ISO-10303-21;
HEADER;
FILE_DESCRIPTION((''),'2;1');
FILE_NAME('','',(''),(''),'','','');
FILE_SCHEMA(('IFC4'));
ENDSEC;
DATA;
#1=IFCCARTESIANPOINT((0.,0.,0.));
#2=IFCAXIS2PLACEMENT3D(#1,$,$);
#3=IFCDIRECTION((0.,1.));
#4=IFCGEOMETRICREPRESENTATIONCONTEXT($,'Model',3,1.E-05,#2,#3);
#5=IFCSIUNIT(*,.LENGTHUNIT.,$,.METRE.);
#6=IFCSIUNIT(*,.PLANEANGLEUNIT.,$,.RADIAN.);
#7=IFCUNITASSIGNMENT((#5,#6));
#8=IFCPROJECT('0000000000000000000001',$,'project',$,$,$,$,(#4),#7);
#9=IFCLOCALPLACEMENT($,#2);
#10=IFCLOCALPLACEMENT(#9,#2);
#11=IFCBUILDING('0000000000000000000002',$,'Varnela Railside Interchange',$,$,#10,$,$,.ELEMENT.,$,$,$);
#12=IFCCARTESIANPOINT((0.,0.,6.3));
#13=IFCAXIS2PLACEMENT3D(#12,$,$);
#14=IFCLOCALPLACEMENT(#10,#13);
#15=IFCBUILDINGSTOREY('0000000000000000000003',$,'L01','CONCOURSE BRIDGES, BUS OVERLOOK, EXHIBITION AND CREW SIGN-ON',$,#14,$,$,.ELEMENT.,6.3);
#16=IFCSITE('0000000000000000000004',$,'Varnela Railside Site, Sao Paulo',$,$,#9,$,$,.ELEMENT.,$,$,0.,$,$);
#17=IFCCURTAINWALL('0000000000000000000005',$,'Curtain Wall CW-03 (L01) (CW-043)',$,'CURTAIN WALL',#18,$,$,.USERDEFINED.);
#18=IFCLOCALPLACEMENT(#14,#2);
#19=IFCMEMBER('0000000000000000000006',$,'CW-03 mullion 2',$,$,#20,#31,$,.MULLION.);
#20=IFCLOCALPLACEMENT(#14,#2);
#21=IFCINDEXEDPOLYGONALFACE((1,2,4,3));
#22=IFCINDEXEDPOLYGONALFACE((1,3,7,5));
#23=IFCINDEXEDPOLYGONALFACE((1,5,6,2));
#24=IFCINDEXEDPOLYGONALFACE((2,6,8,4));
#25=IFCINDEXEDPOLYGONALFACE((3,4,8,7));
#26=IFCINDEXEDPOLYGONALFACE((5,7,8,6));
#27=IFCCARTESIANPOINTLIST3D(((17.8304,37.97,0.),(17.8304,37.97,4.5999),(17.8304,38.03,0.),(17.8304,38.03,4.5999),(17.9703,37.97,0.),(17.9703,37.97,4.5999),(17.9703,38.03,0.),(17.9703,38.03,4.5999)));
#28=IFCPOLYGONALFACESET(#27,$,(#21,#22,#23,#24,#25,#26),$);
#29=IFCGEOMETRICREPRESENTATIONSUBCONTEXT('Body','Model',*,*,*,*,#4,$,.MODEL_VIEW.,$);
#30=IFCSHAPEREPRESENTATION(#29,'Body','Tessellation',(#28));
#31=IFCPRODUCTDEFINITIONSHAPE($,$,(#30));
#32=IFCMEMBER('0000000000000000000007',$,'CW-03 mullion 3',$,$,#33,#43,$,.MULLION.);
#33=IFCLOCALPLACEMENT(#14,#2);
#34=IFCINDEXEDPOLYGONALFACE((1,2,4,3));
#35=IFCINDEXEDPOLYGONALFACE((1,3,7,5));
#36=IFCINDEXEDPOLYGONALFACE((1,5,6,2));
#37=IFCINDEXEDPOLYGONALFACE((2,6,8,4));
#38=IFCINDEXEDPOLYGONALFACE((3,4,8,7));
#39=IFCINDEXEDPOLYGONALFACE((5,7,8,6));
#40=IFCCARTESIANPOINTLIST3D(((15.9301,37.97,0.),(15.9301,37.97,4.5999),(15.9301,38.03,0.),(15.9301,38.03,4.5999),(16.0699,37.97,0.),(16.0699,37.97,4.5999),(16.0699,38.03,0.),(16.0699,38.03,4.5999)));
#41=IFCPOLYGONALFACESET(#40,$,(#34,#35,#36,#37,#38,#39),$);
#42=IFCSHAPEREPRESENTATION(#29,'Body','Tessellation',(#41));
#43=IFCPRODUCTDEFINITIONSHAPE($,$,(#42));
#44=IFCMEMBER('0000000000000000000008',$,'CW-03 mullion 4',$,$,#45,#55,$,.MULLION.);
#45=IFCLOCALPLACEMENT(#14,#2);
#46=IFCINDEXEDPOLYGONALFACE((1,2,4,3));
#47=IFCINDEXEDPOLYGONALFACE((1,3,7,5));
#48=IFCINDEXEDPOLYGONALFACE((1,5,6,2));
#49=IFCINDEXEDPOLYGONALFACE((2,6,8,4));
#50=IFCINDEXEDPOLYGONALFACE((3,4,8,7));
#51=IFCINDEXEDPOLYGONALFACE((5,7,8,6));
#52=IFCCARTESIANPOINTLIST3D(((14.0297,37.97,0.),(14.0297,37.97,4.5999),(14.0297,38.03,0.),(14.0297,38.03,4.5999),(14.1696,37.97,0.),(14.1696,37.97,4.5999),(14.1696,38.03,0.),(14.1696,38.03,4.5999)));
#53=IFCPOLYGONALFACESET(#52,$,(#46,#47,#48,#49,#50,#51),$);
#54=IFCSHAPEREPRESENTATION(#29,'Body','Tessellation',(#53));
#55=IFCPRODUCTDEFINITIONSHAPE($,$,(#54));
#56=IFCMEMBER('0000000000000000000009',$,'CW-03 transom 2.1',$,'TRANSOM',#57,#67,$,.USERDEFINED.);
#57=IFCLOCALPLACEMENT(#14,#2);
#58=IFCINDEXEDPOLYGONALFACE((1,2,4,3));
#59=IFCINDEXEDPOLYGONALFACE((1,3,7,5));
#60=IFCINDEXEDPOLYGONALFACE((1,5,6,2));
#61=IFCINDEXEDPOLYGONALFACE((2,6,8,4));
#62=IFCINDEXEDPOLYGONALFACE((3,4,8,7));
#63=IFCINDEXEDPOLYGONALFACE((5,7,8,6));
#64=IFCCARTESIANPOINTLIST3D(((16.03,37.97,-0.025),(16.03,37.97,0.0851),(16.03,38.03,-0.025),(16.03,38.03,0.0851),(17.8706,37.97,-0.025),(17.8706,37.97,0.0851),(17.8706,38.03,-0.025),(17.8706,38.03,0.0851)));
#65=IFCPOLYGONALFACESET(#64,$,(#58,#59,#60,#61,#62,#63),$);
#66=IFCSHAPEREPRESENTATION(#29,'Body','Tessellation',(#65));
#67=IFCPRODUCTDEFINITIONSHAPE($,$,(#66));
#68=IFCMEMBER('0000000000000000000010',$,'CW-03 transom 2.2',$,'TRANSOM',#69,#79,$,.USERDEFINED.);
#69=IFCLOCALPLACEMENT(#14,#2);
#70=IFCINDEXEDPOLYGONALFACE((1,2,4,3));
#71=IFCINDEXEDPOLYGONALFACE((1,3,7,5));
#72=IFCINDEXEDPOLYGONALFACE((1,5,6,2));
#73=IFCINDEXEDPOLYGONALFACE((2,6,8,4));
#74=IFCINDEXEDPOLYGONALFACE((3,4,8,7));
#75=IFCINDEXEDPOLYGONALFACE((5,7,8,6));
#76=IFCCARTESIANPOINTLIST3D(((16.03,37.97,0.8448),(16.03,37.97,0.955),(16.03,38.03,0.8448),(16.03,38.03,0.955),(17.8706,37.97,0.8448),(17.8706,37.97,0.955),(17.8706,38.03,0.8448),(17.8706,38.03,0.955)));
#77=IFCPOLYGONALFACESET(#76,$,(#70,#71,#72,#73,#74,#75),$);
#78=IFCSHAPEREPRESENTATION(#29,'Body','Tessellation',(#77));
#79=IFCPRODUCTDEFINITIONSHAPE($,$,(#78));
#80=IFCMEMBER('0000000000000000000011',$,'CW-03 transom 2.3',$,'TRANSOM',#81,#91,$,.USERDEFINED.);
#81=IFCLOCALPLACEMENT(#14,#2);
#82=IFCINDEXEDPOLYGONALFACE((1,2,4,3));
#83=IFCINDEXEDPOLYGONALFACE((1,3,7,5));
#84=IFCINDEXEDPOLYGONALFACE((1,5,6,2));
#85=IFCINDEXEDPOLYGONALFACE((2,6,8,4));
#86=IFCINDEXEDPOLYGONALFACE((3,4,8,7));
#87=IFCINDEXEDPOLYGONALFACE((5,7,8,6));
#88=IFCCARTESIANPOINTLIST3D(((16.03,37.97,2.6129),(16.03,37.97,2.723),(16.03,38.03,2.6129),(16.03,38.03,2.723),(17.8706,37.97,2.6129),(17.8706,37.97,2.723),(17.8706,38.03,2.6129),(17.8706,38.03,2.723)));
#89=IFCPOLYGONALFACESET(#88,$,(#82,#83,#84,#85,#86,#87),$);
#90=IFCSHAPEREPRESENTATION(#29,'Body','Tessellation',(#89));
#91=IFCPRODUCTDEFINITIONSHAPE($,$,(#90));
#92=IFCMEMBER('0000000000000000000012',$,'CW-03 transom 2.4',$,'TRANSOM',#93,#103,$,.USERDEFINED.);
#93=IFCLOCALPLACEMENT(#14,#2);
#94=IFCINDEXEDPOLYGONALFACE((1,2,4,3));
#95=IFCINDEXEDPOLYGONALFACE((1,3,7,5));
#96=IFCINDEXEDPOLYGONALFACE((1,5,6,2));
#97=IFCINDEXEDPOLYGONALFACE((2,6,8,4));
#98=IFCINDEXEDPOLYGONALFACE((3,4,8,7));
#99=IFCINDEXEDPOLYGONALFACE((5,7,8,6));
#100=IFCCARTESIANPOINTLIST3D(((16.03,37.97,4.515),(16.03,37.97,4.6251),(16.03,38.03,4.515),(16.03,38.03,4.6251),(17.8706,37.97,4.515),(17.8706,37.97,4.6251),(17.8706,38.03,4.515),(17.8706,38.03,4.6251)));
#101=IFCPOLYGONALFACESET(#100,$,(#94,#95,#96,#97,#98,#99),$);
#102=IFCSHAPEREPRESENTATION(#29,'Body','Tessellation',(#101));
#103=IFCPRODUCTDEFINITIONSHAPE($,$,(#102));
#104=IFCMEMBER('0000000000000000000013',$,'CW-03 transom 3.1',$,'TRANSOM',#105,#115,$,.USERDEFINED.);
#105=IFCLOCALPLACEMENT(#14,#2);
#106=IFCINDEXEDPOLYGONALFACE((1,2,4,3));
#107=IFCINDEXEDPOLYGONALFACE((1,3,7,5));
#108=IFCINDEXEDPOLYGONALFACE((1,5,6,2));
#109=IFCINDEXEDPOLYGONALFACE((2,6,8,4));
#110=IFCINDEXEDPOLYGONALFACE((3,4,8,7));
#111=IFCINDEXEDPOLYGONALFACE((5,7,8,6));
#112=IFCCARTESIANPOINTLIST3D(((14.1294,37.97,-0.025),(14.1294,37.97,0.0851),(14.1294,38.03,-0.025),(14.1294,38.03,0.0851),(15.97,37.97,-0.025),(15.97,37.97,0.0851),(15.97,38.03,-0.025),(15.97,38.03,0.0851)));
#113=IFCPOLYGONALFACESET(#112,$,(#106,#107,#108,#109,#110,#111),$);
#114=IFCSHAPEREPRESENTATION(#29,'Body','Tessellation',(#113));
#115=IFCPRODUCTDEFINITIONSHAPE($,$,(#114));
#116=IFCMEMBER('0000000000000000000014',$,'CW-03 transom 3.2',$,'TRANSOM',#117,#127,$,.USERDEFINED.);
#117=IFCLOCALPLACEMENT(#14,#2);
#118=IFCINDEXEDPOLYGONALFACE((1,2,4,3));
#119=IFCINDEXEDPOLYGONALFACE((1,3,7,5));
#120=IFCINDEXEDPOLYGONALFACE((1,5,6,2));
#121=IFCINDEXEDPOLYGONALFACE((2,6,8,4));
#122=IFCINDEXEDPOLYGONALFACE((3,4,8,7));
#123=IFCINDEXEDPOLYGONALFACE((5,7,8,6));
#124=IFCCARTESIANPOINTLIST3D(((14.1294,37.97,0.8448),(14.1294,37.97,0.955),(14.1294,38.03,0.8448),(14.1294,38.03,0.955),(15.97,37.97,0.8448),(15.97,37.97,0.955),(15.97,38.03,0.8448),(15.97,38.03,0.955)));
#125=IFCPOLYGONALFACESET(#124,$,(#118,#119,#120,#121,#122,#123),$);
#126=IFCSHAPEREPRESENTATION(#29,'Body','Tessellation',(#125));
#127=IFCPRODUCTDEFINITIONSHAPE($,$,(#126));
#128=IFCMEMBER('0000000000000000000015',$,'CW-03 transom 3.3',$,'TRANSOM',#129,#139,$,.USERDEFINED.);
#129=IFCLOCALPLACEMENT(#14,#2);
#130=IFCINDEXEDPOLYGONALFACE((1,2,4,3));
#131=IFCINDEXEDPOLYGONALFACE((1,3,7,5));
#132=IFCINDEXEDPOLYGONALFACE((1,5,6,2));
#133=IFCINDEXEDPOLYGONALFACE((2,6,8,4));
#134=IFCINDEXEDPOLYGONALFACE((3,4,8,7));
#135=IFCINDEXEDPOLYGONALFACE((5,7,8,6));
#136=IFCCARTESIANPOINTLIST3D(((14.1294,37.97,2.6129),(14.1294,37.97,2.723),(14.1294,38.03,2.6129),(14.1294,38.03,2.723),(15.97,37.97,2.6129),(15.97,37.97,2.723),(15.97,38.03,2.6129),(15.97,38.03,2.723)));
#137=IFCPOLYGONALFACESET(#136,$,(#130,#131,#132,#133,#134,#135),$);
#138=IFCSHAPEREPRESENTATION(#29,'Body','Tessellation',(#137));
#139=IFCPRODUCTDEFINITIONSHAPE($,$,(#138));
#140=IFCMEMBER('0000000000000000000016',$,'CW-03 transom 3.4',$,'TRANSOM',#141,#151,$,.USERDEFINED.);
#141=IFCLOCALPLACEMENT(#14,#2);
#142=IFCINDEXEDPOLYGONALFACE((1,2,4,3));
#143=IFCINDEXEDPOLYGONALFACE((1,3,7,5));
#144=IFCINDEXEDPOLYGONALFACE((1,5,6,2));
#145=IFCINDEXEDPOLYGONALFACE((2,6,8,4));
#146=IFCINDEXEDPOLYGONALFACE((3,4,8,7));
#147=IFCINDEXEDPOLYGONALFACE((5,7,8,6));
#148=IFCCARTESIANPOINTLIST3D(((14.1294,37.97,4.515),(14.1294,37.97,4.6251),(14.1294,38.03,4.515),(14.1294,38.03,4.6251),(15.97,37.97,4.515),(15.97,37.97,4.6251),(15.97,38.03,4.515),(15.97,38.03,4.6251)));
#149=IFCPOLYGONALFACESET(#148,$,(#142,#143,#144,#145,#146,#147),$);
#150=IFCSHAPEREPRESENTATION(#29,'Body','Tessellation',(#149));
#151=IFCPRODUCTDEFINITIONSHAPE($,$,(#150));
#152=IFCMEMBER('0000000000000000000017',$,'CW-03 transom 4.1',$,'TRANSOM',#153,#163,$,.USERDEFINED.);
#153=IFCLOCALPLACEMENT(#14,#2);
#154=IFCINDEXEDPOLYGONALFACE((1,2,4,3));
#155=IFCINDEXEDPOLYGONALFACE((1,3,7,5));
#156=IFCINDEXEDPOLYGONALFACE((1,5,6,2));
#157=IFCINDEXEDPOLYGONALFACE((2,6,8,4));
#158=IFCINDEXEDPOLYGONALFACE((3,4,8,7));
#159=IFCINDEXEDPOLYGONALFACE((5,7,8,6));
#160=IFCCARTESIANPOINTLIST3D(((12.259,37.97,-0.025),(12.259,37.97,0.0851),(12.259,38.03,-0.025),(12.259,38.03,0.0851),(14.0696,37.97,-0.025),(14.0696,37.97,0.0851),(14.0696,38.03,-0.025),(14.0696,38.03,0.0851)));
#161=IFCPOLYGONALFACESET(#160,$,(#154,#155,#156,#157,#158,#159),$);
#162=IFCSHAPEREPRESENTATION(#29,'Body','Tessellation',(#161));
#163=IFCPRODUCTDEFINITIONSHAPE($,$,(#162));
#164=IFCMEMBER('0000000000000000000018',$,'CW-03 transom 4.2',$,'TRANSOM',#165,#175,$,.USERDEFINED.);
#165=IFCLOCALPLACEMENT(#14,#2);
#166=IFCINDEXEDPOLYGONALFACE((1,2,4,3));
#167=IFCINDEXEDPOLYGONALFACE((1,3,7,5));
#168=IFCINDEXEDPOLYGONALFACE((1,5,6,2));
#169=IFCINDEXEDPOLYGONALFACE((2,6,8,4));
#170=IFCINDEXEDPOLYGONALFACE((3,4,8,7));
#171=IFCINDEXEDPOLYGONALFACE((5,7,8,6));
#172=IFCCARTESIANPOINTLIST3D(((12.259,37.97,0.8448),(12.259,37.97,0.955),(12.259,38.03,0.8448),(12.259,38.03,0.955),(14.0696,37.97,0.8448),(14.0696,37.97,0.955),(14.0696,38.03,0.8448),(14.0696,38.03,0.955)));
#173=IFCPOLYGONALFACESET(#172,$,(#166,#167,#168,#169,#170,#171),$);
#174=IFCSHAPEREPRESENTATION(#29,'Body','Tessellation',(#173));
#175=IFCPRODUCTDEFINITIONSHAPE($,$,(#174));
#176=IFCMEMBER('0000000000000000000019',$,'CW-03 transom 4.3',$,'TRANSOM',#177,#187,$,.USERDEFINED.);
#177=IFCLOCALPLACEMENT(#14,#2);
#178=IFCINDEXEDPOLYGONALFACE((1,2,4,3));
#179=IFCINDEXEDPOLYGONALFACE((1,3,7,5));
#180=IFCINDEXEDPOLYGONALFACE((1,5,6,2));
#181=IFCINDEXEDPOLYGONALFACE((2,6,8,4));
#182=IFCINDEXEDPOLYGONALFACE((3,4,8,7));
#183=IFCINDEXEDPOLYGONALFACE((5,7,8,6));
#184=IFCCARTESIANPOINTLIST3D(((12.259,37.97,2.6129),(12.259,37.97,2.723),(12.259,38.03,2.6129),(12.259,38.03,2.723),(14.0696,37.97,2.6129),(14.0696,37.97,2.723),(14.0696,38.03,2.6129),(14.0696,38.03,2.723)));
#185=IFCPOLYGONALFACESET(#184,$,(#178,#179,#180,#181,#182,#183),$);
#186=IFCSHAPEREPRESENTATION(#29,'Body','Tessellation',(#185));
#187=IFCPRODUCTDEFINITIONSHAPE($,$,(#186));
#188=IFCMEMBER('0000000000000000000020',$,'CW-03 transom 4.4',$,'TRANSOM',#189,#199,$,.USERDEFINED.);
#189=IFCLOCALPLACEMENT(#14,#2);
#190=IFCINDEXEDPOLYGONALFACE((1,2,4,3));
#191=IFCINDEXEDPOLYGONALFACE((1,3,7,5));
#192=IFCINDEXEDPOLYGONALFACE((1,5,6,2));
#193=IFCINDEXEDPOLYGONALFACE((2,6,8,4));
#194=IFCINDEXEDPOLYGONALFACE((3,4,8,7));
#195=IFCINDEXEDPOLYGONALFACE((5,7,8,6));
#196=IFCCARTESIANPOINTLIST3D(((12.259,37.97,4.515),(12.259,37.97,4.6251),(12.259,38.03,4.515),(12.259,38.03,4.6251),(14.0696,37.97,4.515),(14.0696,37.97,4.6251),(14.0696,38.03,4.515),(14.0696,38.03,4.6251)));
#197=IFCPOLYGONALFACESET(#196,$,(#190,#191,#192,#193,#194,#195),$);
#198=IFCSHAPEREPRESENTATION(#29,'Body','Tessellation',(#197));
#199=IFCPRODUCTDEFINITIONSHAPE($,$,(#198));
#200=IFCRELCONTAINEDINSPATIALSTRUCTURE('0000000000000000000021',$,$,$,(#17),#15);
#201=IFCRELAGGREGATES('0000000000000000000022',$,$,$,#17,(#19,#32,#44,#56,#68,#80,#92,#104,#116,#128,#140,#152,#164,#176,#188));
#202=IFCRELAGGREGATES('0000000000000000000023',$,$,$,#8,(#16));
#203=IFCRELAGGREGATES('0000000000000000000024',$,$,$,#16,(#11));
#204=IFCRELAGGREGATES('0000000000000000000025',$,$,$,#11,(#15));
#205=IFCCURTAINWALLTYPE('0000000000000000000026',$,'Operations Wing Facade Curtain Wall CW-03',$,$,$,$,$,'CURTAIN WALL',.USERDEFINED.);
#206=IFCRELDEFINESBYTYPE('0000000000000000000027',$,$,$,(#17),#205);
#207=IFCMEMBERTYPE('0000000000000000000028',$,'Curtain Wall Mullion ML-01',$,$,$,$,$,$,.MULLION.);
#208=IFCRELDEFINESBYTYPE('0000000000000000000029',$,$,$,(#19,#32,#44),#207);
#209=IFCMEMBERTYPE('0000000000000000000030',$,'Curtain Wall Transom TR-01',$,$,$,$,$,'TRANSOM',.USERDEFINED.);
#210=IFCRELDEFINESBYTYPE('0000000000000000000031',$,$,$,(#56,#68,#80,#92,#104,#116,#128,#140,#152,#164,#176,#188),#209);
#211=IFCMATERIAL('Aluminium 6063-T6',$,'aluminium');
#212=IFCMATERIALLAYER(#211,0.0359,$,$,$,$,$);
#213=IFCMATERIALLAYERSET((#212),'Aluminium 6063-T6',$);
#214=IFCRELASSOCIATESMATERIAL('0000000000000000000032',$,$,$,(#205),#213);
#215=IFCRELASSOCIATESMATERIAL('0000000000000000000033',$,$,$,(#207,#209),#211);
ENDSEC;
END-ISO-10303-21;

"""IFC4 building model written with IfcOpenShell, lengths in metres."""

from ifc_helpers import new_model, si_unit, direction, frame, origin, origin_2d, place, context, subcontext, project, spatial, rectangle, extrude, material, layer, layer_set, material_profile, profile_set, type_object, element, aggregate, save


model = new_model("IFC4")

# Units and contexts
model_context = context("Model", 3, precision=1e-05, world=origin(), true_north=direction((0.0, 1.0)))
body_context = subcontext(model_context, "Body", "Model", "MODEL_VIEW")
ifc_project = project(units=[si_unit("LENGTHUNIT", "METRE"), si_unit("PLANEANGLEUNIT", "RADIAN")], contexts=[model_context])

# Site, building, storey
site_placement = place(None, origin())
site = spatial("IfcSite", under=ifc_project, at=site_placement, Name="Varnela Railside Site, Sao Paulo", CompositionType="ELEMENT", RefElevation=0.0)
building_placement = place(site_placement, origin())
building = spatial("IfcBuilding", under=site, at=building_placement, Name="Varnela Railside Interchange", CompositionType="ELEMENT")
storey_placement = place(building_placement, frame((0.0, 0.0, 6.3)))
storey = spatial("IfcBuildingStorey", under=building, at=storey_placement, Name="L01", Description="CONCOURSE BRIDGES, BUS OVERLOOK, EXHIBITION AND CREW SIGN-ON", CompositionType="ELEMENT", Elevation=6.3)

# Curtain wall, members
ifc_material_1 = material(Name="Aluminium 6063-T6", Category="aluminium")
ifc_layer_1 = layer(ifc_material_1, 0.0359)
ifc_layer_set_1 = layer_set([ifc_layer_1], Name="Aluminium 6063-T6")
curtain_wall_type = type_object("IfcCurtainWallType", Name="Operations Wing Facade Curtain Wall CW-03", ElementType="CURTAIN WALL", PredefinedType="USERDEFINED", material=ifc_layer_set_1)
curtain_wall_placement = place(storey_placement, origin())
curtain_wall = element("IfcCurtainWall", 1, at=curtain_wall_placement, inside=storey, type_object=curtain_wall_type, Name="Curtain Wall CW-03 (L01) (CW-043)", ObjectType="CURTAIN WALL", PredefinedType="USERDEFINED")
ifc_material_profile_1 = material_profile(ifc_material_1, rectangle(XDim=0.0601, YDim=0.1399, at=origin_2d()), Name="ALU 60x140")
ifc_profile_set_1 = profile_set([ifc_material_profile_1], Name="Aluminium 6063-T6")
member_type_1 = type_object("IfcMemberType", Name="Curtain Wall Mullion ML-01", PredefinedType="MULLION", material=ifc_profile_set_1)
member_1_placement = place(storey_placement, frame((17.9004, 38.0, 0.0), z_axis=(0.0, 0.0, 1.0), x_axis=(0.0, -1.0, 0.0)))
member_1 = element("IfcMember", 2, at=member_1_placement, type_object=member_type_1, Name="CW-03 mullion 2", PredefinedType="MULLION", context=body_context, shape_type="SweptSolid", body=[
    extrude(rectangle(XDim=0.0601, YDim=0.1399, at=origin_2d()), origin(), (0.0, 0.0, 1.0), 4.5999),
])
member_2_placement = place(storey_placement, frame((16.0, 38.0, 0.0), z_axis=(0.0, 0.0, 1.0), x_axis=(0.0, -1.0, 0.0)))
member_2 = element("IfcMember", 3, at=member_2_placement, type_object=member_type_1, Name="CW-03 mullion 3", PredefinedType="MULLION", context=body_context, shape_type="SweptSolid", body=[
    extrude(rectangle(XDim=0.0601, YDim=0.1399, at=origin_2d()), origin(), (0.0, 0.0, 1.0), 4.5999),
])
member_3_placement = place(storey_placement, frame((14.0996, 38.0, 0.0), z_axis=(0.0, 0.0, 1.0), x_axis=(0.0, -1.0, 0.0)))
member_3 = element("IfcMember", 4, at=member_3_placement, type_object=member_type_1, Name="CW-03 mullion 4", PredefinedType="MULLION", context=body_context, shape_type="SweptSolid", body=[
    extrude(rectangle(XDim=0.0601, YDim=0.1399, at=origin_2d()), origin(), (0.0, 0.0, 1.0), 4.5999),
])
ifc_material_profile_2 = material_profile(ifc_material_1, rectangle(XDim=0.0601, YDim=0.1101, at=origin_2d()), Name="ALU 60x110")
ifc_profile_set_2 = profile_set([ifc_material_profile_2], Name="Aluminium 6063-T6")
member_type_2 = type_object("IfcMemberType", Name="Curtain Wall Transom TR-01", ElementType="TRANSOM", PredefinedType="USERDEFINED", material=ifc_profile_set_2)
member_4_placement = place(storey_placement, frame((17.8706, 38.0, 0.03), z_axis=(-1.0, 0.0, 0.0), x_axis=(0.0, -1.0, 0.0)))
member_4 = element("IfcMember", 5, at=member_4_placement, type_object=member_type_2, Name="CW-03 transom 2.1", ObjectType="TRANSOM", PredefinedType="USERDEFINED", context=body_context, shape_type="SweptSolid", body=[
    extrude(rectangle(XDim=0.0601, YDim=0.1101, at=origin_2d()), origin(), (0.0, 0.0, 1.0), 1.8406),
])
member_5_placement = place(storey_placement, frame((17.8706, 38.0, 0.8999), z_axis=(-1.0, 0.0, 0.0), x_axis=(0.0, -1.0, 0.0)))
member_5 = element("IfcMember", 6, at=member_5_placement, type_object=member_type_2, Name="CW-03 transom 2.2", ObjectType="TRANSOM", PredefinedType="USERDEFINED", context=body_context, shape_type="SweptSolid", body=[
    extrude(rectangle(XDim=0.0601, YDim=0.1101, at=origin_2d()), origin(), (0.0, 0.0, 1.0), 1.8406),
])
member_6_placement = place(storey_placement, frame((17.8706, 38.0, 2.668), z_axis=(-1.0, 0.0, 0.0), x_axis=(0.0, -1.0, 0.0)))
member_6 = element("IfcMember", 7, at=member_6_placement, type_object=member_type_2, Name="CW-03 transom 2.3", ObjectType="TRANSOM", PredefinedType="USERDEFINED", context=body_context, shape_type="SweptSolid", body=[
    extrude(rectangle(XDim=0.0601, YDim=0.1101, at=origin_2d()), origin(), (0.0, 0.0, 1.0), 1.8406),
])
member_7_placement = place(storey_placement, frame((17.8706, 38.0, 4.5701), z_axis=(-1.0, 0.0, 0.0), x_axis=(0.0, -1.0, 0.0)))
member_7 = element("IfcMember", 8, at=member_7_placement, type_object=member_type_2, Name="CW-03 transom 2.4", ObjectType="TRANSOM", PredefinedType="USERDEFINED", context=body_context, shape_type="SweptSolid", body=[
    extrude(rectangle(XDim=0.0601, YDim=0.1101, at=origin_2d()), origin(), (0.0, 0.0, 1.0), 1.8406),
])
member_8_placement = place(storey_placement, frame((15.97, 38.0, 0.03), z_axis=(-1.0, 0.0, 0.0), x_axis=(0.0, -1.0, 0.0)))
member_8 = element("IfcMember", 9, at=member_8_placement, type_object=member_type_2, Name="CW-03 transom 3.1", ObjectType="TRANSOM", PredefinedType="USERDEFINED", context=body_context, shape_type="SweptSolid", body=[
    extrude(rectangle(XDim=0.0601, YDim=0.1101, at=origin_2d()), origin(), (0.0, 0.0, 1.0), 1.8406),
])
member_9_placement = place(storey_placement, frame((15.97, 38.0, 0.8999), z_axis=(-1.0, 0.0, 0.0), x_axis=(0.0, -1.0, 0.0)))
member_9 = element("IfcMember", 10, at=member_9_placement, type_object=member_type_2, Name="CW-03 transom 3.2", ObjectType="TRANSOM", PredefinedType="USERDEFINED", context=body_context, shape_type="SweptSolid", body=[
    extrude(rectangle(XDim=0.0601, YDim=0.1101, at=origin_2d()), origin(), (0.0, 0.0, 1.0), 1.8406),
])
member_10_placement = place(storey_placement, frame((15.97, 38.0, 2.668), z_axis=(-1.0, 0.0, 0.0), x_axis=(0.0, -1.0, 0.0)))
member_10 = element("IfcMember", 11, at=member_10_placement, type_object=member_type_2, Name="CW-03 transom 3.3", ObjectType="TRANSOM", PredefinedType="USERDEFINED", context=body_context, shape_type="SweptSolid", body=[
    extrude(rectangle(XDim=0.0601, YDim=0.1101, at=origin_2d()), origin(), (0.0, 0.0, 1.0), 1.8406),
])
member_11_placement = place(storey_placement, frame((15.97, 38.0, 4.5701), z_axis=(-1.0, 0.0, 0.0), x_axis=(0.0, -1.0, 0.0)))
member_11 = element("IfcMember", 12, at=member_11_placement, type_object=member_type_2, Name="CW-03 transom 3.4", ObjectType="TRANSOM", PredefinedType="USERDEFINED", context=body_context, shape_type="SweptSolid", body=[
    extrude(rectangle(XDim=0.0601, YDim=0.1101, at=origin_2d()), origin(), (0.0, 0.0, 1.0), 1.8406),
])
member_12_placement = place(storey_placement, frame((14.0696, 38.0, 0.03), z_axis=(-1.0, 0.0, 0.0), x_axis=(0.0, -1.0, 0.0)))
member_12 = element("IfcMember", 13, at=member_12_placement, type_object=member_type_2, Name="CW-03 transom 4.1", ObjectType="TRANSOM", PredefinedType="USERDEFINED", context=body_context, shape_type="SweptSolid", body=[
    extrude(rectangle(XDim=0.0601, YDim=0.1101, at=origin_2d()), origin(), (0.0, 0.0, 1.0), 1.8105),
])
member_13_placement = place(storey_placement, frame((14.0696, 38.0, 0.8999), z_axis=(-1.0, 0.0, 0.0), x_axis=(0.0, -1.0, 0.0)))
member_13 = element("IfcMember", 14, at=member_13_placement, type_object=member_type_2, Name="CW-03 transom 4.2", ObjectType="TRANSOM", PredefinedType="USERDEFINED", context=body_context, shape_type="SweptSolid", body=[
    extrude(rectangle(XDim=0.0601, YDim=0.1101, at=origin_2d()), origin(), (0.0, 0.0, 1.0), 1.8105),
])
member_14_placement = place(storey_placement, frame((14.0696, 38.0, 2.668), z_axis=(-1.0, 0.0, 0.0), x_axis=(0.0, -1.0, 0.0)))
member_14 = element("IfcMember", 15, at=member_14_placement, type_object=member_type_2, Name="CW-03 transom 4.3", ObjectType="TRANSOM", PredefinedType="USERDEFINED", context=body_context, shape_type="SweptSolid", body=[
    extrude(rectangle(XDim=0.0601, YDim=0.1101, at=origin_2d()), origin(), (0.0, 0.0, 1.0), 1.8105),
])
member_15_placement = place(storey_placement, frame((14.0696, 38.0, 4.5701), z_axis=(-1.0, 0.0, 0.0), x_axis=(0.0, -1.0, 0.0)))
member_15 = element("IfcMember", 16, at=member_15_placement, type_object=member_type_2, Name="CW-03 transom 4.4", ObjectType="TRANSOM", PredefinedType="USERDEFINED", context=body_context, shape_type="SweptSolid", body=[
    extrude(rectangle(XDim=0.0601, YDim=0.1101, at=origin_2d()), origin(), (0.0, 0.0, 1.0), 1.8105),
])
aggregate(curtain_wall, [member_1, member_2, member_3, member_4, member_5, member_6, member_7, member_8, member_9, member_10, member_11, member_12, member_13, member_14, member_15])

save(model, "model.ifc")
